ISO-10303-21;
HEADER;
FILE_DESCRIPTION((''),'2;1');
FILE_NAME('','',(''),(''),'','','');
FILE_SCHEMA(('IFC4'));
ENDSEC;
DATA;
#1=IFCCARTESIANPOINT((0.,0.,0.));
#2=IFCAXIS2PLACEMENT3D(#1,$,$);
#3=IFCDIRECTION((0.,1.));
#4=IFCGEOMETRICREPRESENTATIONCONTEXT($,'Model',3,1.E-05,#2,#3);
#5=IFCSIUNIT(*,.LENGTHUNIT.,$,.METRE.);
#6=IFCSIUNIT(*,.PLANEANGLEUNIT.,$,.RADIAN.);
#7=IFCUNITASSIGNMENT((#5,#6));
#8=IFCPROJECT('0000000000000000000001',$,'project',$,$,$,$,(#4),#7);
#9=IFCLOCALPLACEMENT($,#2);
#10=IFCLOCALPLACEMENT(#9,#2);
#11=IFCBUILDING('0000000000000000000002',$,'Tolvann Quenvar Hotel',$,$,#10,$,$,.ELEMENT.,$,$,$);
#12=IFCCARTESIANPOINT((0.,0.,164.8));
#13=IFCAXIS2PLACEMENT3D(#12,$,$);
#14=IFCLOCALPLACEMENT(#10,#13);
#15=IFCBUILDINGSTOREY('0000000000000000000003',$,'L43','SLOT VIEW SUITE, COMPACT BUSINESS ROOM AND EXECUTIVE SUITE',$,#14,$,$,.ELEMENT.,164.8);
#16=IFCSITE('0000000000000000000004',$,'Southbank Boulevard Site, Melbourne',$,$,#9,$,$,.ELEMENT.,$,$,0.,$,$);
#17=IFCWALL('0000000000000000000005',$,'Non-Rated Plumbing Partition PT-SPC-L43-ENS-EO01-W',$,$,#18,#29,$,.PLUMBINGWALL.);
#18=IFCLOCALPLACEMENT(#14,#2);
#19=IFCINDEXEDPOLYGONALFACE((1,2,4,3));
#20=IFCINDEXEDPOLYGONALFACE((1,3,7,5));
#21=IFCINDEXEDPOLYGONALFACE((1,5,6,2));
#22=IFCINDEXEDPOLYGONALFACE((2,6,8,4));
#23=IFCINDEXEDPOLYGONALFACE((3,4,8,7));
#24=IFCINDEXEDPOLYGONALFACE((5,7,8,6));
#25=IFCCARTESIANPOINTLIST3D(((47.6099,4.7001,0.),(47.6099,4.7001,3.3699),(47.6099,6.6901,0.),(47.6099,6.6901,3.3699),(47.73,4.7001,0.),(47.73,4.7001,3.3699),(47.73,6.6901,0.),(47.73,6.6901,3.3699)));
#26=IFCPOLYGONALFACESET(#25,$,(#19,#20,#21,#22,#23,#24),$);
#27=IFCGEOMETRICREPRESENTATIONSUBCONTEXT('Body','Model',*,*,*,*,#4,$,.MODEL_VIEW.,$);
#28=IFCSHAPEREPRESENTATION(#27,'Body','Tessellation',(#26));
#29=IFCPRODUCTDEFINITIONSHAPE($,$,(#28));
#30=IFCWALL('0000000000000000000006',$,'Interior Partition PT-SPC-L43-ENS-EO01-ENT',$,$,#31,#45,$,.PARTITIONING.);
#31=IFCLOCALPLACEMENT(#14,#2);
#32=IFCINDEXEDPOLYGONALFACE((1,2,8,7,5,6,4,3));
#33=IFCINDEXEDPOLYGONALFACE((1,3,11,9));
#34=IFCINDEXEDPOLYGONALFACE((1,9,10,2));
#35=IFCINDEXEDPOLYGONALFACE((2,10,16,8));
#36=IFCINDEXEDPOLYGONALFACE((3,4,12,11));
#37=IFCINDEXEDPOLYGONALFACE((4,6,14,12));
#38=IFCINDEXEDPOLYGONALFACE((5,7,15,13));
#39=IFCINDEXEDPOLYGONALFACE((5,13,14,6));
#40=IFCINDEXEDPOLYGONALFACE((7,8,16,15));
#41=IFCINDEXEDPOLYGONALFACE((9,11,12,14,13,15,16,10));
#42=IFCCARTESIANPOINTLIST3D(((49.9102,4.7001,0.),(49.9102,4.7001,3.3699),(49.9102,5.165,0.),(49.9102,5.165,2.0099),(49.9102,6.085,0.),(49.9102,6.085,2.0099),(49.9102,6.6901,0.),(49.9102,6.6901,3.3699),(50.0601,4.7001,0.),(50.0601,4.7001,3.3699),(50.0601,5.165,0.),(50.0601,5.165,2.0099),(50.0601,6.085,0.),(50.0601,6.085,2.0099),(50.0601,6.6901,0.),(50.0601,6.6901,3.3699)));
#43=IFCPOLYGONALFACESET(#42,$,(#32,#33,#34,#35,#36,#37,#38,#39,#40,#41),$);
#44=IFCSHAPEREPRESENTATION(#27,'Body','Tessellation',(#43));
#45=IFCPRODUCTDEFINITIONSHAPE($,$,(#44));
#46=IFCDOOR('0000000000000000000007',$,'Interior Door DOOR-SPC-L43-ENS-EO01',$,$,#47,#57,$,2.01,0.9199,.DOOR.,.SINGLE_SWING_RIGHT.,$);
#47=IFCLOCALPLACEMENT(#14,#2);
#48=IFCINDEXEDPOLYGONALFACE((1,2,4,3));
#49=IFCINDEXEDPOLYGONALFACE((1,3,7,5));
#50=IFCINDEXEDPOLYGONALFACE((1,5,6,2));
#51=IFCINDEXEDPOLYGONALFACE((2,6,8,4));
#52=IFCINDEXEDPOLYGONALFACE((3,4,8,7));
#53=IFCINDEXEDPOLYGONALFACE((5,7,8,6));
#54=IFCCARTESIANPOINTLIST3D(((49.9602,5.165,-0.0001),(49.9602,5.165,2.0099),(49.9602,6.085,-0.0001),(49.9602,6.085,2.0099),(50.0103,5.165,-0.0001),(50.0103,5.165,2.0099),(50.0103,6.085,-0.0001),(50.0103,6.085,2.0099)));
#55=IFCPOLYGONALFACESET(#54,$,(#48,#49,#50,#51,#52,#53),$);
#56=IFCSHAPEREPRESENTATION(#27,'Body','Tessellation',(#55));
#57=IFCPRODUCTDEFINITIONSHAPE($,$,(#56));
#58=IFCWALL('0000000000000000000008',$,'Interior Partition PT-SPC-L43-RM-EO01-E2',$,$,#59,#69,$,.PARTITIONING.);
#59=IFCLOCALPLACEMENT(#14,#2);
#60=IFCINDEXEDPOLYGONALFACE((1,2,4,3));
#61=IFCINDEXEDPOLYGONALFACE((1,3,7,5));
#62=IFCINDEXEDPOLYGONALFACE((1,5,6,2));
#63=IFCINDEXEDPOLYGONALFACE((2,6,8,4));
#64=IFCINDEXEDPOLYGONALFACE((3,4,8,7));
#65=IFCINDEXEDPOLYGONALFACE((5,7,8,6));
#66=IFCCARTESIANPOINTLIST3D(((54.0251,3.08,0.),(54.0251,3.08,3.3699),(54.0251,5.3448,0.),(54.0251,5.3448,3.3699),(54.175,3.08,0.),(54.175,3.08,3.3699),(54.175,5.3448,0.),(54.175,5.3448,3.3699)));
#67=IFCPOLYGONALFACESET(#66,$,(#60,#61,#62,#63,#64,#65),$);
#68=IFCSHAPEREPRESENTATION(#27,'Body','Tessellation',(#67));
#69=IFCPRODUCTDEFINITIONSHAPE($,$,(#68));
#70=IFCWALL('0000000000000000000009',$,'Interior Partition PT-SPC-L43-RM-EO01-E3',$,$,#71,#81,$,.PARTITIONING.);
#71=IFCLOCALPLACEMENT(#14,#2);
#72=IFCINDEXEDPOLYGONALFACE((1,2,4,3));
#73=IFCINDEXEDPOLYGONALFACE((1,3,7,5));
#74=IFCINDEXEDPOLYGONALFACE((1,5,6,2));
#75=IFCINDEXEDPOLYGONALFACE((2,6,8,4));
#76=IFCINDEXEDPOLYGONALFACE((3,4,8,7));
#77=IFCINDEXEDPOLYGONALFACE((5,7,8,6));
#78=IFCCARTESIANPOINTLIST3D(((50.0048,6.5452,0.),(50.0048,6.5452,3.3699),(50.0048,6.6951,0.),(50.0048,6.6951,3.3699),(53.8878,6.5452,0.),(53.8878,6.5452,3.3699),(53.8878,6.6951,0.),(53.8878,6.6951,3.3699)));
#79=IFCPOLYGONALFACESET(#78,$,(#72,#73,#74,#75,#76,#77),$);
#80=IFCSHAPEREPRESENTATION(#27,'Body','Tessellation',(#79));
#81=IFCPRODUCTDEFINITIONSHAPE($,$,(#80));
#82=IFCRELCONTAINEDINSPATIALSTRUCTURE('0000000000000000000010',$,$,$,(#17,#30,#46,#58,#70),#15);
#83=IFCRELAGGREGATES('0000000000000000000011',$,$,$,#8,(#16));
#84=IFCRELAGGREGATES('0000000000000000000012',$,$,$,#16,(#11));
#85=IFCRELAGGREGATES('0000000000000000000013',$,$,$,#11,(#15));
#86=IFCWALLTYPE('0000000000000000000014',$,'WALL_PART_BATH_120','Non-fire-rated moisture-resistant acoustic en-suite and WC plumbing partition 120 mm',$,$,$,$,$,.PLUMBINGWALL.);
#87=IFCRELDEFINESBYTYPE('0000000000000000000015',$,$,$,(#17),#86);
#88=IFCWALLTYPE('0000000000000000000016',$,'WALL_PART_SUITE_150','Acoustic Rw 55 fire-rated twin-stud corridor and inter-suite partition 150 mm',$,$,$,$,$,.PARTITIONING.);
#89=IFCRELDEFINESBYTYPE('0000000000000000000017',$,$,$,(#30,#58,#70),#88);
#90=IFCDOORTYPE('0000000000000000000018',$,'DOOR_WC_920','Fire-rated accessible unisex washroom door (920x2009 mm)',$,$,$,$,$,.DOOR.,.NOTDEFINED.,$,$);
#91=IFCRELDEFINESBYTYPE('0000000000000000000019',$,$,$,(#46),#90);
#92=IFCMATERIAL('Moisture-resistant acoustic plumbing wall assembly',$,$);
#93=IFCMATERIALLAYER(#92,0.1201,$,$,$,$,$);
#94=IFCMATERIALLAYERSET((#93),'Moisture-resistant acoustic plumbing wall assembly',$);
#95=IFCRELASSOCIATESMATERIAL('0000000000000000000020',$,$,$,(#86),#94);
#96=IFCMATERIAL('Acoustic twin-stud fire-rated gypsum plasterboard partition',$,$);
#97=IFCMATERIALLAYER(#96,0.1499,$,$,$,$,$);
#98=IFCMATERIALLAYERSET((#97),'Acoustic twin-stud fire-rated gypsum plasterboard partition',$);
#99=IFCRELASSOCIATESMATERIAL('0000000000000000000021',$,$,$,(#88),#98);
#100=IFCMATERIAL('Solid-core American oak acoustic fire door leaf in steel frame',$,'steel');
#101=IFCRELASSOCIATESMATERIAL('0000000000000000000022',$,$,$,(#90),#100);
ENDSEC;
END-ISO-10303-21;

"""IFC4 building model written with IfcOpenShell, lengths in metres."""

from ifc_helpers import new_model, si_unit, direction, frame, frame_2d, origin, place, context, subcontext, project, spatial, rectangle, extrude, source, transform, mapped, material, layer, layer_set, type_object, type_shapes, element, fill, save


model = new_model("IFC4")

# Units and contexts
model_context = context("Model", 3, precision=1e-05, world=origin(), true_north=direction((0.0, 1.0)))
body_context = subcontext(model_context, "Body", "Model", "MODEL_VIEW")
ifc_project = project(units=[si_unit("LENGTHUNIT", "METRE"), si_unit("PLANEANGLEUNIT", "RADIAN")], contexts=[model_context])

# Site, building, storey
site_placement = place(None, origin())
site = spatial("IfcSite", under=ifc_project, at=site_placement, Name="Southbank Boulevard Site, Melbourne", CompositionType="ELEMENT", RefElevation=0.0)
building_placement = place(site_placement, origin())
building = spatial("IfcBuilding", under=site, at=building_placement, Name="Tolvann Quenvar Hotel", CompositionType="ELEMENT")
storey_placement = place(building_placement, frame((0.0, 0.0, 164.8)))
storey = spatial("IfcBuildingStorey", under=building, at=storey_placement, Name="L43", Description="SLOT VIEW SUITE, COMPACT BUSINESS ROOM AND EXECUTIVE SUITE", CompositionType="ELEMENT", Elevation=164.8)

# Wall
ifc_material_1 = material(Name="Moisture-resistant acoustic plumbing wall assembly")
ifc_layer_1 = layer(ifc_material_1, 0.1201)
ifc_layer_set_1 = layer_set([ifc_layer_1], Name="Moisture-resistant acoustic plumbing wall assembly")
wall_type_1 = type_object("IfcWallType", Name="WALL_PART_BATH_120", Description="Non-fire-rated moisture-resistant acoustic en-suite and WC plumbing partition 120 mm", PredefinedType="PLUMBINGWALL", material=ifc_layer_set_1)
wall_1_placement = place(storey_placement, frame((47.6699, 4.7, 0.0), z_axis=(0.0, 0.0, 1.0), x_axis=(0.0, 1.0, 0.0)))
element("IfcWall", 1, at=wall_1_placement, inside=storey, type_object=wall_type_1, Name="Non-Rated Plumbing Partition PT-SPC-L43-ENS-EO01-W", PredefinedType="PLUMBINGWALL", context=body_context, shape_type="SweptSolid", body=[
    extrude(rectangle(XDim=1.99, YDim=0.1201, at=frame_2d((0.9951, 0.0))), origin(), (0.0, 0.0, 1.0), 3.3699),
])

# Wall, opening, door
ifc_material_2 = material(Name="Acoustic twin-stud fire-rated gypsum plasterboard partition")
ifc_layer_2 = layer(ifc_material_2, 0.1499)
ifc_layer_set_2 = layer_set([ifc_layer_2], Name="Acoustic twin-stud fire-rated gypsum plasterboard partition")
wall_type_2 = type_object("IfcWallType", Name="WALL_PART_SUITE_150", Description="Acoustic Rw 55 fire-rated twin-stud corridor and inter-suite partition 150 mm", PredefinedType="PARTITIONING", material=ifc_layer_set_2)
wall_2_placement = place(storey_placement, frame((49.9851, 4.7, 0.0), z_axis=(0.0, 0.0, 1.0), x_axis=(0.0, 1.0, 0.0)))
wall_2 = element("IfcWall", 2, at=wall_2_placement, inside=storey, type_object=wall_type_2, Name="Interior Partition PT-SPC-L43-ENS-EO01-ENT", PredefinedType="PARTITIONING", context=body_context, shape_type="SweptSolid", body=[
    extrude(rectangle(XDim=1.99, YDim=0.1499, at=frame_2d((0.9951, 0.0))), origin(), (0.0, 0.0, 1.0), 3.3699),
])
opening_1_placement = place(wall_2_placement, frame((0.4651, 0.0, 0.0)))
opening_1 = element("IfcOpeningElement", 3, at=opening_1_placement, cuts=wall_2, PredefinedType="OPENING", context=body_context, shape_type="SweptSolid", body=[
    extrude(rectangle(XDim=0.9199, YDim=2.01, at=frame_2d((0.46, 1.0049))), frame((0.0, 0.085, 0.0), z_axis=(0.0, -1.0, 0.0), x_axis=(1.0, 0.0, 0.0)), (0.0, 0.0, 1.0), 0.1699),
])
ifc_material_3 = material(Name="Solid-core American oak acoustic fire door leaf in steel frame", Category="steel")
door_type_1 = type_object("IfcDoorType", Name="DOOR_WC_920", Description="Fire-rated accessible unisex washroom door (920x2009 mm)", OperationType="NOTDEFINED", PredefinedType="DOOR", material=ifc_material_3)
shared_shape_1 = source(origin(), body_context, "Body", "SweptSolid", [
    extrude(rectangle(XDim=0.9199, YDim=2.01, at=frame_2d((0.46, 1.0049))), frame((0.0, 0.0249, 0.0), z_axis=(0.0, -1.0, 0.0), x_axis=(1.0, 0.0, 0.0)), (0.0, 0.0, 1.0), 0.05),
])
type_shapes(door_type_1, [shared_shape_1])
door_1_placement = place(opening_1_placement, origin())
door_1 = element("IfcDoor", 4, at=door_1_placement, inside=storey, type_object=door_type_1, Name="Interior Door DOOR-SPC-L43-ENS-EO01", OperationType="SINGLE_SWING_RIGHT", OverallHeight=2.01, OverallWidth=0.9199, PredefinedType="DOOR", context=body_context, shape_type="MappedRepresentation", body=[
    mapped(shared_shape_1, transform((0.0, 0.0, 0.0), x_axis=(1.0, 0.0, 0.0), y_axis=(0.0, 1.0, 0.0), z_axis=(0.0, 0.0, 1.0), scale=1.0)),
])
fill(opening_1, door_1)

# Walls
wall_3_placement = place(storey_placement, frame((54.1001, 3.0801, 0.0), z_axis=(0.0, 0.0, 1.0), x_axis=(0.0, 1.0, 0.0)))
element("IfcWall", 5, at=wall_3_placement, inside=storey, type_object=wall_type_2, Name="Interior Partition PT-SPC-L43-RM-EO01-E2", PredefinedType="PARTITIONING", context=body_context, shape_type="SweptSolid", body=[
    extrude(rectangle(XDim=2.2649, YDim=0.1499, at=frame_2d((1.1323, 0.0))), origin(), (0.0, 0.0, 1.0), 3.3699),
])
wall_4_placement = place(storey_placement, frame((50.0049, 6.6201, 0.0), z_axis=(0.0, 0.0, 1.0), x_axis=(1.0, 0.0, 0.0)))
element("IfcWall", 6, at=wall_4_placement, inside=storey, type_object=wall_type_2, Name="Interior Partition PT-SPC-L43-RM-EO01-E3", PredefinedType="PARTITIONING", context=body_context, shape_type="SweptSolid", body=[
    extrude(rectangle(XDim=3.8831, YDim=0.1499, at=frame_2d((1.9414, 0.0))), origin(), (0.0, 0.0, 1.0), 3.3699),
])

save(model, "model.ifc")
